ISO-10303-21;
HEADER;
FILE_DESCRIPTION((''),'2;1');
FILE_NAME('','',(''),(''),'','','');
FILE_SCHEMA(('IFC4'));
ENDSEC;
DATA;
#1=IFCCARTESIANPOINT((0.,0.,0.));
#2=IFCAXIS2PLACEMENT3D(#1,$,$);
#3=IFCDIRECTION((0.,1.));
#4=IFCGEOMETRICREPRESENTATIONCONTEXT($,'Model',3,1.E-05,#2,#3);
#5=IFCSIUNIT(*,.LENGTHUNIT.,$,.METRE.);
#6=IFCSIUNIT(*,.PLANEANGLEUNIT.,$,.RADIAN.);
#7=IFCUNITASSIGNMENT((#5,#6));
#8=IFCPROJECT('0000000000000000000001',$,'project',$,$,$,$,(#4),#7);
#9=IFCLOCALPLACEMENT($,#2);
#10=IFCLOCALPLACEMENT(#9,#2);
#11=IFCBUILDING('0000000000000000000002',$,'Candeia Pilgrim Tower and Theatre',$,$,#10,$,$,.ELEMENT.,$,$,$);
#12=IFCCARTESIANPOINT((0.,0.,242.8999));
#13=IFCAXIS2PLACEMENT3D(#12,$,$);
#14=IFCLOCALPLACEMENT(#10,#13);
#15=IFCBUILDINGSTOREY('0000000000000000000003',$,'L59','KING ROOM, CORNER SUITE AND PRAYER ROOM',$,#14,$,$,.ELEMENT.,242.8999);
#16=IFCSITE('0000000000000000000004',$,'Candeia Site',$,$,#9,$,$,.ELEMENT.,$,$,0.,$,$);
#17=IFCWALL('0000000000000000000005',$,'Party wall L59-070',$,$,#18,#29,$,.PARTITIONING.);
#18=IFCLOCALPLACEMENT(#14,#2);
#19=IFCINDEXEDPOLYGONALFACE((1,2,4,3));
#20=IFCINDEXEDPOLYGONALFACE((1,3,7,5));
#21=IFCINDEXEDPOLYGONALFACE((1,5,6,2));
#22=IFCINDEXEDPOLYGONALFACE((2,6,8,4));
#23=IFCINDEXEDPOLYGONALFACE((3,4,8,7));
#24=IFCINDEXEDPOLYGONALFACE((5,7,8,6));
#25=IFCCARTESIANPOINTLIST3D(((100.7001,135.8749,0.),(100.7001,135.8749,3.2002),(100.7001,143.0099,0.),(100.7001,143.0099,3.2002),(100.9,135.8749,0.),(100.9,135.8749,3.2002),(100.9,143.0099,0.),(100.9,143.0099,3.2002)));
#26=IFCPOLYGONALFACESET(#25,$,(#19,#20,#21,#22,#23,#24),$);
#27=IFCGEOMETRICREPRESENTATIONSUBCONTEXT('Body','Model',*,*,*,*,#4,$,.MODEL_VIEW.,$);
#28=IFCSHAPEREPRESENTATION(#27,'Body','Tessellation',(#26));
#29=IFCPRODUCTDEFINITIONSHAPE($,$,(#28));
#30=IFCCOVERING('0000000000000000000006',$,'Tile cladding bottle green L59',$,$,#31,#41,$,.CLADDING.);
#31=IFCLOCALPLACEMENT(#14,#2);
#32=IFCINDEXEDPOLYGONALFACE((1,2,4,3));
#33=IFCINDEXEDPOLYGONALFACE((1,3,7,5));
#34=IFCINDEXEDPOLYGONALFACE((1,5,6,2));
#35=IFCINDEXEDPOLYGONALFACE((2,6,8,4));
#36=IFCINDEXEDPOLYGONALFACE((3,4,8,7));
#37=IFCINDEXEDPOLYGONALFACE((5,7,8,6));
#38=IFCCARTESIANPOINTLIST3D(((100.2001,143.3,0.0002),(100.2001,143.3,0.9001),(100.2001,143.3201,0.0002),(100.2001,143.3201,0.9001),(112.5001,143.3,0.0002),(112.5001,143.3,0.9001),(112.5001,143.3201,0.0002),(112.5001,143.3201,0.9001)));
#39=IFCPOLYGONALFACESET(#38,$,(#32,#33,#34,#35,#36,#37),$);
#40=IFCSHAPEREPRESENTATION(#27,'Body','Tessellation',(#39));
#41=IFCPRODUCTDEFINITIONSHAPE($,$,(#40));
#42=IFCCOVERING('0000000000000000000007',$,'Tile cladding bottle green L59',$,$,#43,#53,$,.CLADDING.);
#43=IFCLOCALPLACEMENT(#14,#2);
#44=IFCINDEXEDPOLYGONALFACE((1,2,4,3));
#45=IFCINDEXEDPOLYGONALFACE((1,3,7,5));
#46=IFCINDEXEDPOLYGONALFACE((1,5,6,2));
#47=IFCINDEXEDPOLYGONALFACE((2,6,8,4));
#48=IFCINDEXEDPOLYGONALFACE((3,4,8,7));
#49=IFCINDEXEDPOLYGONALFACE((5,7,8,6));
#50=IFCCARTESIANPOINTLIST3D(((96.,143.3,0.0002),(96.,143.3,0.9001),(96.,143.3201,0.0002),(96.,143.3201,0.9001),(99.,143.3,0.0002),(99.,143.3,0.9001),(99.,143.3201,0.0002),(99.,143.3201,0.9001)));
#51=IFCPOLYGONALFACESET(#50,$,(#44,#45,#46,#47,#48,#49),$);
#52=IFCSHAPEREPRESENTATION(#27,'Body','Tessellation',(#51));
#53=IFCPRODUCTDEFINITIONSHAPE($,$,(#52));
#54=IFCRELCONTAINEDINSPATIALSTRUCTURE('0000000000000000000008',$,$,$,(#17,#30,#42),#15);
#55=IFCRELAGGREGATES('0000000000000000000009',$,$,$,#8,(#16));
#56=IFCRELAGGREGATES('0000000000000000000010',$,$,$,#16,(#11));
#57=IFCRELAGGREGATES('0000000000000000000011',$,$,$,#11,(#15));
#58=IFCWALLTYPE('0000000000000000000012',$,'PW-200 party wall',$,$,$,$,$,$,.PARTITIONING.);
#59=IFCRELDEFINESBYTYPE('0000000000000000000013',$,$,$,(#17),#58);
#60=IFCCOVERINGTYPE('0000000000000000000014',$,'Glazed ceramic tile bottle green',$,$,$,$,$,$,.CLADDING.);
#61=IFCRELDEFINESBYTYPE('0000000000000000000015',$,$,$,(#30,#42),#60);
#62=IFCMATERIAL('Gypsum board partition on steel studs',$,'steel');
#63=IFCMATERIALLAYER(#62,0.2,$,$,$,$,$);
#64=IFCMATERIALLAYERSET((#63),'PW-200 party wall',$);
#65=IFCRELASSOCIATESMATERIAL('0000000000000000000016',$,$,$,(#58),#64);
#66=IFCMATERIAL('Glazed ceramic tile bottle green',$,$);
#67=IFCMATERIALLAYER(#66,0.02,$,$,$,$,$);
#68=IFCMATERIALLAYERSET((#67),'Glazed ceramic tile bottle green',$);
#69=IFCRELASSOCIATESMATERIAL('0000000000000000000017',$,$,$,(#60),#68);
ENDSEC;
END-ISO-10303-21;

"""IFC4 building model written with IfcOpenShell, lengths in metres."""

from ifc_helpers import new_model, si_unit, direction, frame, frame_2d, origin, origin_2d, place, context, subcontext, project, spatial, rectangle, extrude, material, layer, layer_set, type_object, element, save


model = new_model("IFC4")

# Units and contexts
model_context = context("Model", 3, precision=1e-05, world=origin(), true_north=direction((0.0, 1.0)))
body_context = subcontext(model_context, "Body", "Model", "MODEL_VIEW")
ifc_project = project(units=[si_unit("LENGTHUNIT", "METRE"), si_unit("PLANEANGLEUNIT", "RADIAN")], contexts=[model_context])

# Site, building, storey
site_placement = place(None, origin())
site = spatial("IfcSite", under=ifc_project, at=site_placement, Name="Candeia Site", CompositionType="ELEMENT", RefElevation=0.0)
building_placement = place(site_placement, origin())
building = spatial("IfcBuilding", under=site, at=building_placement, Name="Candeia Pilgrim Tower and Theatre", CompositionType="ELEMENT")
storey_placement = place(building_placement, frame((0.0, 0.0, 242.8999)))
storey = spatial("IfcBuildingStorey", under=building, at=storey_placement, Name="L59", Description="KING ROOM, CORNER SUITE AND PRAYER ROOM", CompositionType="ELEMENT", Elevation=242.8999)

# Shared definitions
ifc_material_1 = material(Name="Gypsum board partition on steel studs", Category="steel")

# Wall
ifc_layer_1 = layer(ifc_material_1, 0.2)
ifc_layer_set_1 = layer_set([ifc_layer_1], Name="PW-200 party wall")
wall_type_1 = type_object("IfcWallType", Name="PW-200 party wall", PredefinedType="PARTITIONING", material=ifc_layer_set_1)
wall_1_placement = place(storey_placement, frame((100.8, 135.875, 0.0), z_axis=(0.0, 0.0, 1.0), x_axis=(0.0, 1.0, 0.0)))
element("IfcWall", 1, at=wall_1_placement, inside=storey, type_object=wall_type_1, Name="Party wall L59-070", PredefinedType="PARTITIONING", context=body_context, shape_type="SweptSolid", body=[
    extrude(rectangle(XDim=7.135, YDim=0.2, at=frame_2d((3.5674, 0.0))), origin(), (0.0, 0.0, 1.0), 3.2002),
])

# Coverings
ifc_material_2 = material(Name="Glazed ceramic tile bottle green")
ifc_layer_2 = layer(ifc_material_2, 0.02)
ifc_layer_set_2 = layer_set([ifc_layer_2], Name="Glazed ceramic tile bottle green")
covering_type = type_object("IfcCoveringType", Name="Glazed ceramic tile bottle green", PredefinedType="CLADDING", material=ifc_layer_set_2)
covering_1_placement = place(storey_placement, frame((106.3501, 143.3101, 0.0002), z_axis=(0.0, 0.0, 1.0), x_axis=(-1.0, 0.0, 0.0)))
element("IfcCovering", 2, at=covering_1_placement, inside=storey, type_object=covering_type, Name="Tile cladding bottle green L59", PredefinedType="CLADDING", context=body_context, shape_type="SweptSolid", body=[
    extrude(rectangle(XDim=12.3, YDim=0.02, at=origin_2d()), origin(), (0.0, 0.0, 1.0), 0.8999),
])
covering_2_placement = place(storey_placement, frame((97.5, 143.3101, 0.0002), z_axis=(0.0, 0.0, 1.0), x_axis=(-1.0, 0.0, 0.0)))
element("IfcCovering", 3, at=covering_2_placement, inside=storey, type_object=covering_type, Name="Tile cladding bottle green L59", PredefinedType="CLADDING", context=body_context, shape_type="SweptSolid", body=[
    extrude(rectangle(XDim=3.0, YDim=0.02, at=origin_2d()), origin(), (0.0, 0.0, 1.0), 0.8999),
])

save(model, "model.ifc")
